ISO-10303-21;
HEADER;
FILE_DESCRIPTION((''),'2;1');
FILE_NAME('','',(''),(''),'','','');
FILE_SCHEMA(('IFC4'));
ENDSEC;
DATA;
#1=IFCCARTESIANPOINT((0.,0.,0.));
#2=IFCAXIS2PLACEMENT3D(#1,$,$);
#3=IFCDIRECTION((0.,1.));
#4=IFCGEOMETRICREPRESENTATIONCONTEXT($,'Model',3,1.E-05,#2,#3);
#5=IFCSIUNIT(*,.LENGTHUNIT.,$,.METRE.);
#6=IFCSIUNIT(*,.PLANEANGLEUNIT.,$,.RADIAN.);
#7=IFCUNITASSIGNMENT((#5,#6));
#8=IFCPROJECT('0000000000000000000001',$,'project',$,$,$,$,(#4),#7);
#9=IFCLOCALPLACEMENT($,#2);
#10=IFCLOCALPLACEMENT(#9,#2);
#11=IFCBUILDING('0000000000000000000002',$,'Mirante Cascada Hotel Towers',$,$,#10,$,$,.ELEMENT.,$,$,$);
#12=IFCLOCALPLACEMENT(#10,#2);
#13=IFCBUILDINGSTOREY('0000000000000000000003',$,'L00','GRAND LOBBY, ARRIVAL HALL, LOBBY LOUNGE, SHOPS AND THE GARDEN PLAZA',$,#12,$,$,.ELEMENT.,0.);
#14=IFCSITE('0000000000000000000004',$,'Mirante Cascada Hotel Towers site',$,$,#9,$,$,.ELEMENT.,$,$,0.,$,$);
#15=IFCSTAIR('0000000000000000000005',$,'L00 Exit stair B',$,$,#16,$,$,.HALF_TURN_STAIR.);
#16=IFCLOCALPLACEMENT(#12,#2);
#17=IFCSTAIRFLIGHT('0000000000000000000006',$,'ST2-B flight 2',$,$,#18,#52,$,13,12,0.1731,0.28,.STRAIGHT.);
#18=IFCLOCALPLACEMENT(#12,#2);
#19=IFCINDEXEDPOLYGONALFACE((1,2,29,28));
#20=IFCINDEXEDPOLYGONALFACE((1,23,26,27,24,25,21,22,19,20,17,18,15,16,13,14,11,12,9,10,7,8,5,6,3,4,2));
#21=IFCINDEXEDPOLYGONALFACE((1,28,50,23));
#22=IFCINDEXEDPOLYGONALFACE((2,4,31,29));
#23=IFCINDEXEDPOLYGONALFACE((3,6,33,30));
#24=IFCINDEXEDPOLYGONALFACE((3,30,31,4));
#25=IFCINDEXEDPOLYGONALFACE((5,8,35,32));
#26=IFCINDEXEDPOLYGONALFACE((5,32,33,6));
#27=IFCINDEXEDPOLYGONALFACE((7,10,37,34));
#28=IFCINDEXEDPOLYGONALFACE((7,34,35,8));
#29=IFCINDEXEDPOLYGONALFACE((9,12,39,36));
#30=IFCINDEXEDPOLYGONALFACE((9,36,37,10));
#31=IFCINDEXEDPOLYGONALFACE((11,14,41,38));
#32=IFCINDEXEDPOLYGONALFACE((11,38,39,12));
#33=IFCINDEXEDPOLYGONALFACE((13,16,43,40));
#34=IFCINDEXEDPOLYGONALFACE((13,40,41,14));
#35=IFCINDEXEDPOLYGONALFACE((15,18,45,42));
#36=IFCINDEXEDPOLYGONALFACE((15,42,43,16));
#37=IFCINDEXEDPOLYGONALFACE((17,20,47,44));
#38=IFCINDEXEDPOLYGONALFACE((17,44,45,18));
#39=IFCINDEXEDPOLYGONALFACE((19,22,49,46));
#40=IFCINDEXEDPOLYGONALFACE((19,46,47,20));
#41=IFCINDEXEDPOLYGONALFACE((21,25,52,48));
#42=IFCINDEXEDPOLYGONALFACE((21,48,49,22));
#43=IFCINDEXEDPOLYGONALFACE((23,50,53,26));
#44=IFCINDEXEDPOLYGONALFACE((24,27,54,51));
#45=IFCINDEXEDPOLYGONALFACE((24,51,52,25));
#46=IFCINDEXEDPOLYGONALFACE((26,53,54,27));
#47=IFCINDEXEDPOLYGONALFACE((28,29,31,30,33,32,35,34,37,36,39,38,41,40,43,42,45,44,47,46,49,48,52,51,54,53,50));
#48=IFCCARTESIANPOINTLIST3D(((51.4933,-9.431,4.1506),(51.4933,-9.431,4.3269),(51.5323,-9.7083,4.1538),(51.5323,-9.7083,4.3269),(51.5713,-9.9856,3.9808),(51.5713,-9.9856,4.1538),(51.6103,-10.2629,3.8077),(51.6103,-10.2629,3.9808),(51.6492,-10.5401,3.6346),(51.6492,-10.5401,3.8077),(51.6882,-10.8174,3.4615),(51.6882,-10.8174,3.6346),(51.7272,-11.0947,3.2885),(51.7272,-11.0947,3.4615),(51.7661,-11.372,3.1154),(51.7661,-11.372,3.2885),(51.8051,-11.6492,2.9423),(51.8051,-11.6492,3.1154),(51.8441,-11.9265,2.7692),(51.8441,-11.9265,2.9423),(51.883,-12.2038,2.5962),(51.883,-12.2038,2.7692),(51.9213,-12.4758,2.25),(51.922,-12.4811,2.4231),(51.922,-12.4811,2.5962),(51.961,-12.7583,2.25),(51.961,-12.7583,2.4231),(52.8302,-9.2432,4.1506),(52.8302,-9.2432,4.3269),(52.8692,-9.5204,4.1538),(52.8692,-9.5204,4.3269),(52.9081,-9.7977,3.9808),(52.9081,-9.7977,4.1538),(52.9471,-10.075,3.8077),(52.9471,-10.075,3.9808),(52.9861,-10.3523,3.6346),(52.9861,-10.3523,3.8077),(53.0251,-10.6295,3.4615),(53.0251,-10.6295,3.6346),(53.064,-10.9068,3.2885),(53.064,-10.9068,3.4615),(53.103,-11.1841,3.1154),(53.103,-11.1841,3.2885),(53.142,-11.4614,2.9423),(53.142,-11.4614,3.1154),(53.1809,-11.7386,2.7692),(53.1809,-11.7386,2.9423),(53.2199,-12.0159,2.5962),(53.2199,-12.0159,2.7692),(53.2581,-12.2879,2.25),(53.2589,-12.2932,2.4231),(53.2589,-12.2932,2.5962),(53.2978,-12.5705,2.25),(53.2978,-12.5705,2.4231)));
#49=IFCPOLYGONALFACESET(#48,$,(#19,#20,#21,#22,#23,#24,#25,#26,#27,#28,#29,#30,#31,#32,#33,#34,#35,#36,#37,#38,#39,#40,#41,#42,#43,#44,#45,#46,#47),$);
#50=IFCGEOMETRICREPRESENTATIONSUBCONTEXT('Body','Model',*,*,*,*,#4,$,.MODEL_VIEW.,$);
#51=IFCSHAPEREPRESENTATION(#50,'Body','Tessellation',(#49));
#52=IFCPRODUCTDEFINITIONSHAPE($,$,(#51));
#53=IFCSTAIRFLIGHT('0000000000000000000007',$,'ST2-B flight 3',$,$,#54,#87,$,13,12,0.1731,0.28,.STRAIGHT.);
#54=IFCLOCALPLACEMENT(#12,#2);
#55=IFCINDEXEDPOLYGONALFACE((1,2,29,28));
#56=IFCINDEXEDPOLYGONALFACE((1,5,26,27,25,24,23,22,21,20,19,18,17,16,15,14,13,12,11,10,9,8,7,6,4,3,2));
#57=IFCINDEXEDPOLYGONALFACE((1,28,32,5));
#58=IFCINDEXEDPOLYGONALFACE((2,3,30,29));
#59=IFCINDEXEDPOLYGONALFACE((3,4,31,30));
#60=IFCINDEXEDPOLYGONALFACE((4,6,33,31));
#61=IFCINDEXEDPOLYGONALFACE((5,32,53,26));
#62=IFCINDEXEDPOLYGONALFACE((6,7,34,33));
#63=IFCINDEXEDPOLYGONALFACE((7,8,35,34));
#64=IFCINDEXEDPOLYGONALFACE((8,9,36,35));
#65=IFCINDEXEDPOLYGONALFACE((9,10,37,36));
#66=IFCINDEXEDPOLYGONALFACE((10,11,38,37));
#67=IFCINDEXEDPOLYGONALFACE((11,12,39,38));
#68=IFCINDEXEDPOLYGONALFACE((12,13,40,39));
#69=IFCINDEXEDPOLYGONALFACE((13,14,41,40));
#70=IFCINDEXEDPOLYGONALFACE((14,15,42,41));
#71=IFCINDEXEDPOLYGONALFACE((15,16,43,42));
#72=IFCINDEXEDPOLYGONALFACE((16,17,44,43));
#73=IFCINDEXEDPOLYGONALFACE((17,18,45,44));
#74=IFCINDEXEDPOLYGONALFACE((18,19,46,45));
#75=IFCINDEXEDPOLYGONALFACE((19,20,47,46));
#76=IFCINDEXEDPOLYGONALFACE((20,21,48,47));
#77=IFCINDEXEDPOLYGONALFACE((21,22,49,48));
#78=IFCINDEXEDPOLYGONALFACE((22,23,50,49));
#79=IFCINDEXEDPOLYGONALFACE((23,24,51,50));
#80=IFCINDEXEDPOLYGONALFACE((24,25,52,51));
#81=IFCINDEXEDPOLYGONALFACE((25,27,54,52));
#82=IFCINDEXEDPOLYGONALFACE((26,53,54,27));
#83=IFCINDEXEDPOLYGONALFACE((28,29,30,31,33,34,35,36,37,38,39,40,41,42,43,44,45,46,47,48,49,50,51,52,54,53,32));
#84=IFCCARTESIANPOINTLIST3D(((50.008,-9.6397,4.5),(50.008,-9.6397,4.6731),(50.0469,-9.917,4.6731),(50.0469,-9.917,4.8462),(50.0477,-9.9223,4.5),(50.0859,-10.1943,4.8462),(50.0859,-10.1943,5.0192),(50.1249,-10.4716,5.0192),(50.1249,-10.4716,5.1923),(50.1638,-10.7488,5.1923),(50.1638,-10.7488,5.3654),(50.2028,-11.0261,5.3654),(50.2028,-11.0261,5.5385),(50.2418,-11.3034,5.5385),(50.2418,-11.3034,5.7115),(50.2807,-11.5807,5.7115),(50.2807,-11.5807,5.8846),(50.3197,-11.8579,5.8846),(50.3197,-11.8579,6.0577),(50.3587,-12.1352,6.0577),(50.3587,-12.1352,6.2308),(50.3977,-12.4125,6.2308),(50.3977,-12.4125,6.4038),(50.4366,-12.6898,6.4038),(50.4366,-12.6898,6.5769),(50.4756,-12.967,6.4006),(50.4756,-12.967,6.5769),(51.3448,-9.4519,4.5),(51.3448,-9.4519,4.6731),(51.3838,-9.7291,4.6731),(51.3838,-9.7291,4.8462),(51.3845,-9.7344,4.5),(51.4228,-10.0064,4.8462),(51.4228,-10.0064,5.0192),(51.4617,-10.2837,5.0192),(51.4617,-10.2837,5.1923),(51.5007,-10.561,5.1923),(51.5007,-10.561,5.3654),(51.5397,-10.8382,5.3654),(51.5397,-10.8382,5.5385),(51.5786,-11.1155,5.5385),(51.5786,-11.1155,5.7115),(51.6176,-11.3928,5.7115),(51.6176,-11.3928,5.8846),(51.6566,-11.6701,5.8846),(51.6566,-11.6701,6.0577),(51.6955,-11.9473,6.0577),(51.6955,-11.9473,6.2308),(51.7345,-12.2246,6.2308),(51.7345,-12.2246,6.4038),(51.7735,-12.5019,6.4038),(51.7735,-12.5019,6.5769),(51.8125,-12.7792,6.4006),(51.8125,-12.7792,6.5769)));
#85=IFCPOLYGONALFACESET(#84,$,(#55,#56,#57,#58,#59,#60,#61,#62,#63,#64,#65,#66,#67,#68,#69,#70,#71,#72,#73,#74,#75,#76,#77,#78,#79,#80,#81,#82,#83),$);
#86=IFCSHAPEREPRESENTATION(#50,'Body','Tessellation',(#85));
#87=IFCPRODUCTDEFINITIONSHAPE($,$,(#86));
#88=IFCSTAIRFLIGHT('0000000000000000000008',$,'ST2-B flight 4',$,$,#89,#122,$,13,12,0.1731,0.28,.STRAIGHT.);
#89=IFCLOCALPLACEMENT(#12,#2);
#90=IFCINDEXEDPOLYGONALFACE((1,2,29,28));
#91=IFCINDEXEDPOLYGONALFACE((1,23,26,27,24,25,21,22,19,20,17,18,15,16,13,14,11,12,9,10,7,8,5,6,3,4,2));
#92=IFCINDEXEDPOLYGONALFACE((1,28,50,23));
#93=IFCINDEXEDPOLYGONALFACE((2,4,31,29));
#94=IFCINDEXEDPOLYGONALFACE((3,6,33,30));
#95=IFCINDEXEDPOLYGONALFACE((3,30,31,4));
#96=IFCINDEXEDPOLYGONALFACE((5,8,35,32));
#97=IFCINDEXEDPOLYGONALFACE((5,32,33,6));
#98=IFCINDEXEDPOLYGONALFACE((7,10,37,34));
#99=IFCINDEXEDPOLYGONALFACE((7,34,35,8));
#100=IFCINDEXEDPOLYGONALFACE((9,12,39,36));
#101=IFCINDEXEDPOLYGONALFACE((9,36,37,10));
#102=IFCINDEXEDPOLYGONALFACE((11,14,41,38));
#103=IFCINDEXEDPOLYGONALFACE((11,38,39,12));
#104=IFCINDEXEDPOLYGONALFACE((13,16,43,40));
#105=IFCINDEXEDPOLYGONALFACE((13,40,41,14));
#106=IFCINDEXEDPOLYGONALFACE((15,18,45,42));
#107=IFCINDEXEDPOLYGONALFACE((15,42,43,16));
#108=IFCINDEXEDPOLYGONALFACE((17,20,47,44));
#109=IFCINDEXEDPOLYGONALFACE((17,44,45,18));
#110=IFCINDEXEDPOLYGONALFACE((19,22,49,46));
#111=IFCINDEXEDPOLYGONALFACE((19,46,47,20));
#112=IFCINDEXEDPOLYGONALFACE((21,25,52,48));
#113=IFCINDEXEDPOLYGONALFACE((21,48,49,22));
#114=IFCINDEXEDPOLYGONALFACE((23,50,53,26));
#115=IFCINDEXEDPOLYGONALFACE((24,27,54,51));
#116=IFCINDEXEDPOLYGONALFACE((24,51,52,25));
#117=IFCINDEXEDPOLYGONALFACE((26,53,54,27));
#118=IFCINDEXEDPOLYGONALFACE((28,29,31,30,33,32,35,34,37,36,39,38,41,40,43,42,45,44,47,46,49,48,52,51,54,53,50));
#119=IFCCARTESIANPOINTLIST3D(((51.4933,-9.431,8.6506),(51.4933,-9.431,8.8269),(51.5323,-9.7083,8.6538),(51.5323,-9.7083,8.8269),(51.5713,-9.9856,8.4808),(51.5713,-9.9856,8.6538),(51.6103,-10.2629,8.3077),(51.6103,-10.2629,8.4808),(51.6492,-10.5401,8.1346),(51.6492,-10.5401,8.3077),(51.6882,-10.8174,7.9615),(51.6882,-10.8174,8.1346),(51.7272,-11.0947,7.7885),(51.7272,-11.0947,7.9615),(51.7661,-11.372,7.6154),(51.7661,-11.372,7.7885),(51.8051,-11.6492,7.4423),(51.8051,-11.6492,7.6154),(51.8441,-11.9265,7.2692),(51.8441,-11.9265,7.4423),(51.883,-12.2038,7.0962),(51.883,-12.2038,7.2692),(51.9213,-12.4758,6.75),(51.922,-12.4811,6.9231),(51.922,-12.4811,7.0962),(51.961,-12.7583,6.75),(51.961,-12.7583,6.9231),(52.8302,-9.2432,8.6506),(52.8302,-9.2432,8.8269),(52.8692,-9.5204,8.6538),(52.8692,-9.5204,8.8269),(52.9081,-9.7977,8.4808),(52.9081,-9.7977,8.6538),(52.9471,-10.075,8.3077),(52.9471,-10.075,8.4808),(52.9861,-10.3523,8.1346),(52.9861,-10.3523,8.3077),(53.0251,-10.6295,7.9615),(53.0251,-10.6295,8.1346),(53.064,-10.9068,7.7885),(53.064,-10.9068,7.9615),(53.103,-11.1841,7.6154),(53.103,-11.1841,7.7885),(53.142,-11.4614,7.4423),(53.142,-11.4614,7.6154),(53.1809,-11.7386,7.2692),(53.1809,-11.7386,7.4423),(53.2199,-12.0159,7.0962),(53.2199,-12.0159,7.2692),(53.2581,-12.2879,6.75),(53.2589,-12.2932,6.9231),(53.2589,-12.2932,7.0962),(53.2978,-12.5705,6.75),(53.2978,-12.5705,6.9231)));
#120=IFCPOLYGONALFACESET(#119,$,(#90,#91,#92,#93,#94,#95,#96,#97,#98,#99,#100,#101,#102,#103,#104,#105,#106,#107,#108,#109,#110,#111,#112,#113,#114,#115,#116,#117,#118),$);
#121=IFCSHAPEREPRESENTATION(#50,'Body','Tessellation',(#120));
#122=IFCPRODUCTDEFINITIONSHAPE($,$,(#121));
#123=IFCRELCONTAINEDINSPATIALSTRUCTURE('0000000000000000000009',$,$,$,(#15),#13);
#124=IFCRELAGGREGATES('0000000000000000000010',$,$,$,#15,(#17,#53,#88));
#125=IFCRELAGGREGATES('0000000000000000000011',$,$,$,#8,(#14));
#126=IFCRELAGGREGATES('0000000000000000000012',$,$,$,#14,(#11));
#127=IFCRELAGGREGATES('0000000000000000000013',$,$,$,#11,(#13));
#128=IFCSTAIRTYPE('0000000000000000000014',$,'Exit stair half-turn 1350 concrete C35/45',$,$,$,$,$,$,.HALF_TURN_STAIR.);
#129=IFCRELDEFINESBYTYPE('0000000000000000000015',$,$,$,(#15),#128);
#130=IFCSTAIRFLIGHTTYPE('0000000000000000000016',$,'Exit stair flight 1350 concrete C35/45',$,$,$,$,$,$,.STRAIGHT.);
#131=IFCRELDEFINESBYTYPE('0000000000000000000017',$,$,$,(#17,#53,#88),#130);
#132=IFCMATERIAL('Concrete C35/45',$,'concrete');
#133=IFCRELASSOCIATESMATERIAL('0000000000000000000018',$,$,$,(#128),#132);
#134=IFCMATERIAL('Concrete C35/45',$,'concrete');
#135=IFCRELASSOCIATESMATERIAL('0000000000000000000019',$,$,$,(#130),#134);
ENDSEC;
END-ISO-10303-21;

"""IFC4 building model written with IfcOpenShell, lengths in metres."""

from ifc_helpers import new_model, si_unit, direction, frame, origin, place, context, subcontext, project, spatial, polyline, outline, extrude, material, type_object, element, aggregate, save


model = new_model("IFC4")

# Units and contexts
model_context = context("Model", 3, precision=1e-05, world=origin(), true_north=direction((0.0, 1.0)))
body_context = subcontext(model_context, "Body", "Model", "MODEL_VIEW")
ifc_project = project(units=[si_unit("LENGTHUNIT", "METRE"), si_unit("PLANEANGLEUNIT", "RADIAN")], contexts=[model_context])

# Site, building, storey
site_placement = place(None, origin())
site = spatial("IfcSite", under=ifc_project, at=site_placement, Name="Mirante Cascada Hotel Towers site", CompositionType="ELEMENT", RefElevation=0.0)
building_placement = place(site_placement, origin())
building = spatial("IfcBuilding", under=site, at=building_placement, Name="Mirante Cascada Hotel Towers", CompositionType="ELEMENT")
storey_placement = place(building_placement, origin())
storey = spatial("IfcBuildingStorey", under=building, at=storey_placement, Name="L00", Description="GRAND LOBBY, ARRIVAL HALL, LOBBY LOUNGE, SHOPS AND THE GARDEN PLAZA", CompositionType="ELEMENT", Elevation=0.0)

# Stair, stair flights
ifc_material_1 = material(Name="Concrete C35/45", Category="concrete")
stair_type = type_object("IfcStairType", Name="Exit stair half-turn 1350 concrete C35/45", PredefinedType="HALF_TURN_STAIR", material=ifc_material_1)
stair_placement = place(storey_placement, origin())
stair = element("IfcStair", 1, at=stair_placement, inside=storey, type_object=stair_type, Name="L00 Exit stair B", PredefinedType="HALF_TURN_STAIR")
ifc_material_2 = material(Name="Concrete C35/45", Category="concrete")
stair_flight_type = type_object("IfcStairFlightType", Name="Exit stair flight 1350 concrete C35/45", PredefinedType="STRAIGHT", material=ifc_material_2)
stair_flight_1_placement = place(storey_placement, frame((52.6294, -12.6644, 2.25), z_axis=(0.0, 0.0, 1.0), x_axis=(-0.139173, 0.990268, 0.0)))
stair_flight_1 = element("IfcStairFlight", 2, at=stair_flight_1_placement, type_object=stair_flight_type, Name="ST2-B flight 2", NumberOfRisers=13, NumberOfTreads=12, PredefinedType="STRAIGHT", RiserHeight=0.1731, TreadLength=0.28, context=body_context, shape_type="SweptSolid", body=[
    extrude(outline(polyline([(0.0, 0.0), (0.0, 0.1731), (0.28, 0.1731), (0.28, 0.3462), (0.56, 0.3462), (0.56, 0.5192), (0.84, 0.5192), (0.84, 0.6923), (1.12, 0.6923), (1.12, 0.8654), (1.4, 0.8654), (1.4, 1.0385), (1.68, 1.0385), (1.68, 1.2115), (1.96, 1.2115), (1.96, 1.3846), (2.24, 1.3846), (2.24, 1.5577), (2.52, 1.5577), (2.52, 1.7308), (2.8, 1.7308), (2.8, 1.9038), (3.08, 1.9038), (3.08, 2.0769), (3.36, 2.0769), (3.36, 2.25), (3.36, 1.9006), (0.2853, 0.0), (0.0, 0.0)])), frame((0.0, 0.675, 0.0), z_axis=(0.0, -1.0, 0.0), x_axis=(1.0, 0.0, 0.0)), (0.0, 0.0, 1.0), 1.35),
])
stair_flight_2_placement = place(storey_placement, frame((50.6764, -9.5458, 4.5), z_axis=(0.0, 0.0, 1.0), x_axis=(0.139173, -0.990268, 0.0)))
stair_flight_2 = element("IfcStairFlight", 3, at=stair_flight_2_placement, type_object=stair_flight_type, Name="ST2-B flight 3", NumberOfRisers=13, NumberOfTreads=12, PredefinedType="STRAIGHT", RiserHeight=0.1731, TreadLength=0.28, context=body_context, shape_type="SweptSolid", body=[
    extrude(outline(polyline([(0.0, 0.0), (0.0, 0.1731), (0.28, 0.1731), (0.28, 0.3462), (0.56, 0.3462), (0.56, 0.5192), (0.84, 0.5192), (0.84, 0.6923), (1.12, 0.6923), (1.12, 0.8654), (1.4, 0.8654), (1.4, 1.0385), (1.68, 1.0385), (1.68, 1.2115), (1.96, 1.2115), (1.96, 1.3846), (2.24, 1.3846), (2.24, 1.5577), (2.52, 1.5577), (2.52, 1.7308), (2.8, 1.7308), (2.8, 1.9038), (3.08, 1.9038), (3.08, 2.0769), (3.36, 2.0769), (3.36, 2.25), (3.36, 1.9006), (0.2853, 0.0), (0.0, 0.0)])), frame((0.0, 0.675, 0.0), z_axis=(0.0, -1.0, 0.0), x_axis=(1.0, 0.0, 0.0)), (0.0, 0.0, 1.0), 1.35),
])
stair_flight_3_placement = place(storey_placement, frame((52.6294, -12.6644, 6.75), z_axis=(0.0, 0.0, 1.0), x_axis=(-0.139173, 0.990268, 0.0)))
stair_flight_3 = element("IfcStairFlight", 4, at=stair_flight_3_placement, type_object=stair_flight_type, Name="ST2-B flight 4", NumberOfRisers=13, NumberOfTreads=12, PredefinedType="STRAIGHT", RiserHeight=0.1731, TreadLength=0.28, context=body_context, shape_type="SweptSolid", body=[
    extrude(outline(polyline([(0.0, 0.0), (0.0, 0.1731), (0.28, 0.1731), (0.28, 0.3462), (0.56, 0.3462), (0.56, 0.5192), (0.84, 0.5192), (0.84, 0.6923), (1.12, 0.6923), (1.12, 0.8654), (1.4, 0.8654), (1.4, 1.0385), (1.68, 1.0385), (1.68, 1.2115), (1.96, 1.2115), (1.96, 1.3846), (2.24, 1.3846), (2.24, 1.5577), (2.52, 1.5577), (2.52, 1.7308), (2.8, 1.7308), (2.8, 1.9038), (3.08, 1.9038), (3.08, 2.0769), (3.36, 2.0769), (3.36, 2.25), (3.36, 1.9006), (0.2853, 0.0), (0.0, 0.0)])), frame((0.0, 0.675, 0.0), z_axis=(0.0, -1.0, 0.0), x_axis=(1.0, 0.0, 0.0)), (0.0, 0.0, 1.0), 1.35),
])
aggregate(stair, [stair_flight_1, stair_flight_2, stair_flight_3])

save(model, "model.ifc")
